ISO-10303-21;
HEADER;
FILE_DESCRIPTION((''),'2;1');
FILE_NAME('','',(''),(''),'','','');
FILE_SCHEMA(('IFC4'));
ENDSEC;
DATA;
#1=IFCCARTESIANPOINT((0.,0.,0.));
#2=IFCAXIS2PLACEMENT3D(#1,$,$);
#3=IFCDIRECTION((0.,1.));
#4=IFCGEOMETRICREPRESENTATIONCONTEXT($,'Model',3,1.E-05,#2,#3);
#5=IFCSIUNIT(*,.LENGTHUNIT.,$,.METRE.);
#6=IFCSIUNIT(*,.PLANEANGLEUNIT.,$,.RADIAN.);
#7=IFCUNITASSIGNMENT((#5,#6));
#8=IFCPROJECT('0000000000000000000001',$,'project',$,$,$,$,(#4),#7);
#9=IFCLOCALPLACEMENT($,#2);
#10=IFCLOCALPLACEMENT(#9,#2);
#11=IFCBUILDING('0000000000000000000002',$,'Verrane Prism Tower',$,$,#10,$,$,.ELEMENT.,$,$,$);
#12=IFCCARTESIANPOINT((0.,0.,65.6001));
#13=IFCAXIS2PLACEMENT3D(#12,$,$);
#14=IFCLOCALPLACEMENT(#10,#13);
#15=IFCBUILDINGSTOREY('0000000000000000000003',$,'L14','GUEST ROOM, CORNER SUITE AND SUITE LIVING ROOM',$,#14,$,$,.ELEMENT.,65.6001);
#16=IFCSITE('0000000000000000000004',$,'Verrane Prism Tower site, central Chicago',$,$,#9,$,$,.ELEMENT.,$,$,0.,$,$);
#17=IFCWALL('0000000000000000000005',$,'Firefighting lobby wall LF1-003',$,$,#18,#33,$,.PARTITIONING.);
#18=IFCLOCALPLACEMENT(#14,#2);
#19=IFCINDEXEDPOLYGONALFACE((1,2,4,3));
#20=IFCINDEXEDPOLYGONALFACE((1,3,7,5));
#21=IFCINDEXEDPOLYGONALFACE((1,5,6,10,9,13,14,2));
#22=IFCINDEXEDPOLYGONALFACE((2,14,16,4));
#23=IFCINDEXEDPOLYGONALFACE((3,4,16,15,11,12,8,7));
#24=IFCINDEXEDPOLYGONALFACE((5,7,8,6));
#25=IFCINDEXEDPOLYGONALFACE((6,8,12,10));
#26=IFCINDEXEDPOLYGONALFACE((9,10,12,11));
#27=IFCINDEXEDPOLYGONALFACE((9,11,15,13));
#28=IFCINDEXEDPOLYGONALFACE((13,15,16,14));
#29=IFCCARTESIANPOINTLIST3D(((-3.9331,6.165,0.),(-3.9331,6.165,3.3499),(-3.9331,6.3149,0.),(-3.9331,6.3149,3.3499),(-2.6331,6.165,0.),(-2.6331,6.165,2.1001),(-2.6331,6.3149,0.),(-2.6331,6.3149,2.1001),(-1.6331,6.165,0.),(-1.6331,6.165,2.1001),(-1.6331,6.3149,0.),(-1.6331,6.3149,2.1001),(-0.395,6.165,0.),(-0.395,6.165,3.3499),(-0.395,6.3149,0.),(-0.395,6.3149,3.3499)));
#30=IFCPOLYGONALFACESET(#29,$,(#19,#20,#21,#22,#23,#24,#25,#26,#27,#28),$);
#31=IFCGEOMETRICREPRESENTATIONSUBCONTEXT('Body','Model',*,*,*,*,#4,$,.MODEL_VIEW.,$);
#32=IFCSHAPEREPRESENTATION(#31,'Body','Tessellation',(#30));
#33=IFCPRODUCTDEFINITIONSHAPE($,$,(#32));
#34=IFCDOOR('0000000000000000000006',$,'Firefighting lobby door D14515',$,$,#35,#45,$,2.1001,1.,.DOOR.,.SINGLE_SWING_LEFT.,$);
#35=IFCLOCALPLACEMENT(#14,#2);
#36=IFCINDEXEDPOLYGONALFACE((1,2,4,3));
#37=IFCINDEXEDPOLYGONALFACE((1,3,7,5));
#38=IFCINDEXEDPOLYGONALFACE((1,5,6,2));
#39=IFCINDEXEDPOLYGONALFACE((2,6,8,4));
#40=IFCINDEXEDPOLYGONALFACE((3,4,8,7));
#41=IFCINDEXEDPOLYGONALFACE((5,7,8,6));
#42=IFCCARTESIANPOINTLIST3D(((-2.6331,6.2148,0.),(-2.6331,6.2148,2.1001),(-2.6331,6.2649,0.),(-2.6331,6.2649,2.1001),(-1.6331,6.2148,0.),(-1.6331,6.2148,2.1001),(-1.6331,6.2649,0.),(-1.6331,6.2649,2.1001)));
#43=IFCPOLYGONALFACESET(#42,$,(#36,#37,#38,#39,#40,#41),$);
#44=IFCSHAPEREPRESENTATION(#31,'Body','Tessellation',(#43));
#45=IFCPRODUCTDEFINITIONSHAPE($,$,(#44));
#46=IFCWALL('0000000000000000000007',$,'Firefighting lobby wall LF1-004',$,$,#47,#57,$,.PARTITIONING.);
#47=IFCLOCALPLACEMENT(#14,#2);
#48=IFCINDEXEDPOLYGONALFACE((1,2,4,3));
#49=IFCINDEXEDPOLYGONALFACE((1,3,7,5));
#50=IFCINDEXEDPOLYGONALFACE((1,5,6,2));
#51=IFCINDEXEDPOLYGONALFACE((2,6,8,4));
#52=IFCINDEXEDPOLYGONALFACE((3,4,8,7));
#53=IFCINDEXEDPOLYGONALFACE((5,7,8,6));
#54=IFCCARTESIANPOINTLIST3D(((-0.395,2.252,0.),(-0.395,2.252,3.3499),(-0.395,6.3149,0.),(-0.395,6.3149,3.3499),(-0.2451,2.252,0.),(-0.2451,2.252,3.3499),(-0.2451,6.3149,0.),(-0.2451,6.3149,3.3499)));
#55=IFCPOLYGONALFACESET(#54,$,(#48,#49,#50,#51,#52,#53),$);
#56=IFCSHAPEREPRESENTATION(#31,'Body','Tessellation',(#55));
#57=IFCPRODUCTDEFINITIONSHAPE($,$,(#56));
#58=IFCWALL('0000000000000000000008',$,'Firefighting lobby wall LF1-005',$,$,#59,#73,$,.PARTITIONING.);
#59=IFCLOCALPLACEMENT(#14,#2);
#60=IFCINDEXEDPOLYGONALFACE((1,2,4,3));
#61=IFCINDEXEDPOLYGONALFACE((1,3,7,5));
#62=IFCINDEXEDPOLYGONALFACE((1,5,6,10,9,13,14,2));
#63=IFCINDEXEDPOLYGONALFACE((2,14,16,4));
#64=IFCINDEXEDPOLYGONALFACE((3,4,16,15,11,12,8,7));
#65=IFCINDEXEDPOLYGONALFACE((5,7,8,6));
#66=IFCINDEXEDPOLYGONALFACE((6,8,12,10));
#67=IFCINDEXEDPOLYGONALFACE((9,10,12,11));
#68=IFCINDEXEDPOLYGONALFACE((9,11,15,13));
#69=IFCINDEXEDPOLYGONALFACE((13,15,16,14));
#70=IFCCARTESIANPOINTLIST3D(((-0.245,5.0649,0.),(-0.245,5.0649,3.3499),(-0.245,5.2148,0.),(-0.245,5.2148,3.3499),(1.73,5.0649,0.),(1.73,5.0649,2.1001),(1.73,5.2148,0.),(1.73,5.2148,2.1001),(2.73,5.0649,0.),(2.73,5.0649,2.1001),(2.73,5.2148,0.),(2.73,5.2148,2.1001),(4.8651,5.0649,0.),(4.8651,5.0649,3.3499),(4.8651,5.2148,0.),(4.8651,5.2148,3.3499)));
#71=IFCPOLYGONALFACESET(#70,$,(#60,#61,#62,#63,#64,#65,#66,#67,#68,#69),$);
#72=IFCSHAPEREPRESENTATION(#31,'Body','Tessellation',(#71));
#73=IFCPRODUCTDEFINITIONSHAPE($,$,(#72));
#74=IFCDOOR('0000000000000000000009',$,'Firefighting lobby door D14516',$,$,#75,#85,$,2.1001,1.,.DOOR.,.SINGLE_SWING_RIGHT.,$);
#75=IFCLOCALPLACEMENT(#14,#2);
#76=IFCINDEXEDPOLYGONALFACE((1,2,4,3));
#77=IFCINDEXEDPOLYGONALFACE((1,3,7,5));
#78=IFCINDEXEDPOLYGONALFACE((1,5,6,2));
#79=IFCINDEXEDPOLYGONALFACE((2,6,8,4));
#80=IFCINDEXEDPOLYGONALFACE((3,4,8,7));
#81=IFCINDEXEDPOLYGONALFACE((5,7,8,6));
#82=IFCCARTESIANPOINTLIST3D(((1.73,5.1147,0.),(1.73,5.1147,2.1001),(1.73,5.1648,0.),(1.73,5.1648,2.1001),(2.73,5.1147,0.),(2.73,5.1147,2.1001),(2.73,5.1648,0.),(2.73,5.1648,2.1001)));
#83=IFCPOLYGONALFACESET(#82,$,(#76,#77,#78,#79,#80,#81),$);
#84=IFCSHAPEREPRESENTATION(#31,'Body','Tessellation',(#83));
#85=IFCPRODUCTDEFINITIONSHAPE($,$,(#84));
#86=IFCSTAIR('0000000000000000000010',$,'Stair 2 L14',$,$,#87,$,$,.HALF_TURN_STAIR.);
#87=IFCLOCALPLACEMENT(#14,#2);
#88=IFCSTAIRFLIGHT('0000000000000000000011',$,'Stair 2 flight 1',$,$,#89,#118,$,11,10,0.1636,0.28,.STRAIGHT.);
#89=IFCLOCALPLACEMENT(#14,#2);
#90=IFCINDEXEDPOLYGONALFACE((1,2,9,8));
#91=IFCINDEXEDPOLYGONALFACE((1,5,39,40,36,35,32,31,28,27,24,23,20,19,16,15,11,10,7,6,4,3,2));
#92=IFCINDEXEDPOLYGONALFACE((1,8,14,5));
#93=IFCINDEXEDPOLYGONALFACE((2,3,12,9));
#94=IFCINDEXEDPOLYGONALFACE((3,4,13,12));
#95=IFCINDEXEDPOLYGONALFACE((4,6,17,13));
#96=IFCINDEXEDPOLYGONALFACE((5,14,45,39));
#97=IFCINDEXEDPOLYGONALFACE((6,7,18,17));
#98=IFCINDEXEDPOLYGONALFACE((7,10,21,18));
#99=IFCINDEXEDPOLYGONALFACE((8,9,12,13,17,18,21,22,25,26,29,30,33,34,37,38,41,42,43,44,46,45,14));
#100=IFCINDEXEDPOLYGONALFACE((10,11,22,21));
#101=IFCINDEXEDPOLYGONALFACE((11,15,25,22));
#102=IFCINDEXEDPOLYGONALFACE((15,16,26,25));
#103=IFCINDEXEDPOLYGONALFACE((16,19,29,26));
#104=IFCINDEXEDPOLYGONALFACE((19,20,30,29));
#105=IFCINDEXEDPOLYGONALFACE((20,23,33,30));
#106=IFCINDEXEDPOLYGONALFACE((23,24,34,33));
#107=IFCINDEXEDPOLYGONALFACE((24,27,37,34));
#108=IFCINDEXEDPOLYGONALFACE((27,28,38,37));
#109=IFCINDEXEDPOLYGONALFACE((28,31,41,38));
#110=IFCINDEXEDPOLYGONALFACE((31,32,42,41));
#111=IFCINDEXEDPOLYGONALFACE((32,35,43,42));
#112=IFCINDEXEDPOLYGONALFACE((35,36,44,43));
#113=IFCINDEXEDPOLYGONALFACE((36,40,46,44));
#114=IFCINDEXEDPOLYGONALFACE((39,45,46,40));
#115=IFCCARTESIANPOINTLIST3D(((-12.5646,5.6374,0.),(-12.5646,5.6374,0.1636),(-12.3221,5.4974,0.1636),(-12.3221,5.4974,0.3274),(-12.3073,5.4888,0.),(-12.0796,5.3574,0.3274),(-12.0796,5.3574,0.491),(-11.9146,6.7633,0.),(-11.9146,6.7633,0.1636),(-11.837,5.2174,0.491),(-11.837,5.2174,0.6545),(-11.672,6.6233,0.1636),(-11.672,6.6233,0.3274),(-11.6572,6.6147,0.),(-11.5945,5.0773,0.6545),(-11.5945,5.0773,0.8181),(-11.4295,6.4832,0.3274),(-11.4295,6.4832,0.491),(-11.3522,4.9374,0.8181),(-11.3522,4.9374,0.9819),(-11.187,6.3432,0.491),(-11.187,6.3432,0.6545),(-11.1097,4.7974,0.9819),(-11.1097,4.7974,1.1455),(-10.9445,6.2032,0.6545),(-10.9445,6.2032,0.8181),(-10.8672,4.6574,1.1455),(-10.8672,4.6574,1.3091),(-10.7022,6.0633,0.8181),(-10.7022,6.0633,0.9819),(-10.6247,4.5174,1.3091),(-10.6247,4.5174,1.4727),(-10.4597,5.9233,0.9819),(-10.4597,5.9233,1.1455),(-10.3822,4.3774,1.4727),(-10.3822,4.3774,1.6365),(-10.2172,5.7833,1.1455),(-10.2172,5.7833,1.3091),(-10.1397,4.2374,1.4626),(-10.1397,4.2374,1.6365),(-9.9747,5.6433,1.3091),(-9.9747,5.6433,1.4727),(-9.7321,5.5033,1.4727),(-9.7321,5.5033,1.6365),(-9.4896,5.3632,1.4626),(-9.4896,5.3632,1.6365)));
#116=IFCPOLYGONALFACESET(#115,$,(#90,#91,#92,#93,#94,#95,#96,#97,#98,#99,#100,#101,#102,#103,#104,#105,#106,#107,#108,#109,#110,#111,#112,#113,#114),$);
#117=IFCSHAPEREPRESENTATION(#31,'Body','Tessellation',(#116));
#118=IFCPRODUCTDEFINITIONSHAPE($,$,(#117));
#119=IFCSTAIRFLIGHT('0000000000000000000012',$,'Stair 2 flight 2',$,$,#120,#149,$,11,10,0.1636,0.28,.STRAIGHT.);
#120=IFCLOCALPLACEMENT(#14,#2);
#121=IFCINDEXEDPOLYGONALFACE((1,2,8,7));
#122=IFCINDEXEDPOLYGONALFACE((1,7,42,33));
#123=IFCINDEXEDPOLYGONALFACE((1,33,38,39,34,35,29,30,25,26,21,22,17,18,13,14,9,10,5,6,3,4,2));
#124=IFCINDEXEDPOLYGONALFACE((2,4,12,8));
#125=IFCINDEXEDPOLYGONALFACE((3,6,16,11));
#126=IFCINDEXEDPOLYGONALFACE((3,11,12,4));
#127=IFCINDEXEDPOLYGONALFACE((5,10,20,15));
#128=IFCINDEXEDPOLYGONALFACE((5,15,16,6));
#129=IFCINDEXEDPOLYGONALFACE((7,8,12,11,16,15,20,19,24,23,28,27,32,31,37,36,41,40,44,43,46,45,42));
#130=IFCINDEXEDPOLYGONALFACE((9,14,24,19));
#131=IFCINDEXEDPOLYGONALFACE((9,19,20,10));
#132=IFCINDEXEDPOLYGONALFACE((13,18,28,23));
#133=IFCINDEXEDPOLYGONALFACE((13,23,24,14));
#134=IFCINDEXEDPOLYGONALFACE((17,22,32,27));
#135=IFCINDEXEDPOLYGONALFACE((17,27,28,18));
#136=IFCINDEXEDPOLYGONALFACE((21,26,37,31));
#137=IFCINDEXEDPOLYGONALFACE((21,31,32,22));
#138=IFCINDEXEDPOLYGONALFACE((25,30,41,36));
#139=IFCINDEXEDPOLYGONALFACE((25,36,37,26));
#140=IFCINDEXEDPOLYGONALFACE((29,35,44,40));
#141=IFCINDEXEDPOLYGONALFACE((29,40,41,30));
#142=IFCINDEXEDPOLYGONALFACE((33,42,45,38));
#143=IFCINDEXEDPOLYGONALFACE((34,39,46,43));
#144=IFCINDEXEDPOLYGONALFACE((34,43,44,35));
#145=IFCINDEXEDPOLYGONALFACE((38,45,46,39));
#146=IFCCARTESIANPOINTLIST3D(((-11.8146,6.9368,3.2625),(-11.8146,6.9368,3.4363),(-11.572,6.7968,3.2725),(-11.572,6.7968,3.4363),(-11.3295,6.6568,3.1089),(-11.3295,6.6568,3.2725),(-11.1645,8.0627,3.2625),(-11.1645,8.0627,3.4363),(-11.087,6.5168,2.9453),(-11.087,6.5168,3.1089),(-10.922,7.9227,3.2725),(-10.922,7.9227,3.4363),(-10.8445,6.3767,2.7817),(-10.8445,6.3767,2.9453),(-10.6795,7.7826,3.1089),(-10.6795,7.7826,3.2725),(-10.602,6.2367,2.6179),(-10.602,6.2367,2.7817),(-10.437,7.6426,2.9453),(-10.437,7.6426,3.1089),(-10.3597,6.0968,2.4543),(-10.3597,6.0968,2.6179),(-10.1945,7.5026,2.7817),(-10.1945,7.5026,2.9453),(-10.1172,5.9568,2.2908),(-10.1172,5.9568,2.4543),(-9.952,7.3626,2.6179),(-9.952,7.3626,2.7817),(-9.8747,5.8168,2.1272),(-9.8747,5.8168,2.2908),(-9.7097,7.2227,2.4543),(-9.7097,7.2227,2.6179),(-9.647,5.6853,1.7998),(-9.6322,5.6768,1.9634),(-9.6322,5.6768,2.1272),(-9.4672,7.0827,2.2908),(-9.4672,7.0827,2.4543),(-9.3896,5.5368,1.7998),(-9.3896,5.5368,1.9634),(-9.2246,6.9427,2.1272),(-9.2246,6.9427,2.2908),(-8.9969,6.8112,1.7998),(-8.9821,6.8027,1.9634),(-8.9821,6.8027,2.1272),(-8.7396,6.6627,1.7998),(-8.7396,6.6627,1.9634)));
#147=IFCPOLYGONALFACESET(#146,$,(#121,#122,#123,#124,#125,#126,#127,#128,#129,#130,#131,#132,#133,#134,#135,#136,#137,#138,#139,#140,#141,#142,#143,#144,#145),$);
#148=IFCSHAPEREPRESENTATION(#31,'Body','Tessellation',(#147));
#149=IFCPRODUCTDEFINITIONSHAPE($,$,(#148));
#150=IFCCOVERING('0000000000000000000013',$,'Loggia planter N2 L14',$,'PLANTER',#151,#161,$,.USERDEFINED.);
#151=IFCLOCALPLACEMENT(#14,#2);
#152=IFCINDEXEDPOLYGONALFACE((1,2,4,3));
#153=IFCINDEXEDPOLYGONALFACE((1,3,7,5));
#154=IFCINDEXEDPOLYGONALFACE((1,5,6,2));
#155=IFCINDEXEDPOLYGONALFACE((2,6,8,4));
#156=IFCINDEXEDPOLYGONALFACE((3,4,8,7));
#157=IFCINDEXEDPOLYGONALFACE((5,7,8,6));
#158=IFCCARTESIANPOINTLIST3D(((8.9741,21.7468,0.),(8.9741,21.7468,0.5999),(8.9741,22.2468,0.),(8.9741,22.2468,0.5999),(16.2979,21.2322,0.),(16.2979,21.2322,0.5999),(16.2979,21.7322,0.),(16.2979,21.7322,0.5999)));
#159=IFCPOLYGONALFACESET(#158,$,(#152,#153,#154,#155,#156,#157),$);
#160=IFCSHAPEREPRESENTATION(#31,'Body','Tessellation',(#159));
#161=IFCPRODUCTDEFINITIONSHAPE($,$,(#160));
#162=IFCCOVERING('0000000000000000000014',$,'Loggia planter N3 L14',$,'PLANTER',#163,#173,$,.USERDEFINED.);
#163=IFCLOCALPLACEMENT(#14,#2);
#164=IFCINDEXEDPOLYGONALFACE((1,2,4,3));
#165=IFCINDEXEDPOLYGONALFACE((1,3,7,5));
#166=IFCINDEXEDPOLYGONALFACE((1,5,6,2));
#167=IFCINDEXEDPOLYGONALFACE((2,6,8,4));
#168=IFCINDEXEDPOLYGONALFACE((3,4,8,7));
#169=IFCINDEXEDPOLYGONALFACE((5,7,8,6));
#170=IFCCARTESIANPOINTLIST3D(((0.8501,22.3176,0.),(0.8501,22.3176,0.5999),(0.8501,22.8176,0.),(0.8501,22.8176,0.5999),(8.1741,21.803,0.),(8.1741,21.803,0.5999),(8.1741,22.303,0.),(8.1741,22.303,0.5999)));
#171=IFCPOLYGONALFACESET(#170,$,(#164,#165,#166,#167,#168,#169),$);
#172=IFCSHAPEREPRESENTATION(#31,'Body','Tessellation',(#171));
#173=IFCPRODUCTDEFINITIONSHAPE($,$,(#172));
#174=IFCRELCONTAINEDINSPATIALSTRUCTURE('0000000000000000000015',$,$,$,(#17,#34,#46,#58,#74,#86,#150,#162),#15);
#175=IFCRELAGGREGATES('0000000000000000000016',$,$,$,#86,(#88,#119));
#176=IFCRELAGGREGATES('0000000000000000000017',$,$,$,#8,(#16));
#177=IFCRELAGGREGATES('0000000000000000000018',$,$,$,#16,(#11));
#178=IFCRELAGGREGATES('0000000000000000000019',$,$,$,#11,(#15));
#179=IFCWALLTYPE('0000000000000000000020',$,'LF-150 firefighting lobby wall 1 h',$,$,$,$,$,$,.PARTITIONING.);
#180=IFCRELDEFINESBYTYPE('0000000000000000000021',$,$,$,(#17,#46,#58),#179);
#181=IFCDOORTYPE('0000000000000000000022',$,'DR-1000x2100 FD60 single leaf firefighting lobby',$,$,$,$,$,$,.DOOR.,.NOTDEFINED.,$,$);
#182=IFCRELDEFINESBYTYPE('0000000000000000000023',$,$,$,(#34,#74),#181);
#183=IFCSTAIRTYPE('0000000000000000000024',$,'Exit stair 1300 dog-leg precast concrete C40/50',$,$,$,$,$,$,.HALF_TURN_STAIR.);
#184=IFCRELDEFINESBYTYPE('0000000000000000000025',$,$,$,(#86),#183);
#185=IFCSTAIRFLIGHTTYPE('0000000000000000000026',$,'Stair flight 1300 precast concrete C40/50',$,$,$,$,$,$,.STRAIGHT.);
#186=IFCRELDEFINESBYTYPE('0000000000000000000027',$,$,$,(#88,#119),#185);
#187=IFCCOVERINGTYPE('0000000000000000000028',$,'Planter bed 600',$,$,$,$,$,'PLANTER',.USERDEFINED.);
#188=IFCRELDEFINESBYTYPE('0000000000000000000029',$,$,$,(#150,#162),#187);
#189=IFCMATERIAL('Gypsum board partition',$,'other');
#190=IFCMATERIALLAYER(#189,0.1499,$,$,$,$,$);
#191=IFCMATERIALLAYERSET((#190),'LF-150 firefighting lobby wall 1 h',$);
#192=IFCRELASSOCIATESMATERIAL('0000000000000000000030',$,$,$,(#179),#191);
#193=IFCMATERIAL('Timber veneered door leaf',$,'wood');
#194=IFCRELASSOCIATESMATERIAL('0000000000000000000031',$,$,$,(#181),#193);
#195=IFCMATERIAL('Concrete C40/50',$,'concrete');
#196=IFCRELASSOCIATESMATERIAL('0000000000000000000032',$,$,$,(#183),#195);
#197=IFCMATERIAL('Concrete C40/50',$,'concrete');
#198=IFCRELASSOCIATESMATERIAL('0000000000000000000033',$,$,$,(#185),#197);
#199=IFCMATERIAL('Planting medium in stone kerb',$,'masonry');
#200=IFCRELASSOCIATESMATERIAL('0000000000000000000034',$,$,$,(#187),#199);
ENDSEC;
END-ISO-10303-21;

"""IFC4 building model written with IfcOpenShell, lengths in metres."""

from ifc_helpers import new_model, si_unit, direction, frame, frame_2d, origin, place, context, subcontext, project, spatial, polyline, rectangle, outline, extrude, material, layer, layer_set, type_object, element, fill, aggregate, save


model = new_model("IFC4")

# Units and contexts
model_context = context("Model", 3, precision=1e-05, world=origin(), true_north=direction((0.0, 1.0)))
body_context = subcontext(model_context, "Body", "Model", "MODEL_VIEW")
ifc_project = project(units=[si_unit("LENGTHUNIT", "METRE"), si_unit("PLANEANGLEUNIT", "RADIAN")], contexts=[model_context])

# Site, building, storey
site_placement = place(None, origin())
site = spatial("IfcSite", under=ifc_project, at=site_placement, Name="Verrane Prism Tower site, central Chicago", CompositionType="ELEMENT", RefElevation=0.0)
building_placement = place(site_placement, origin())
building = spatial("IfcBuilding", under=site, at=building_placement, Name="Verrane Prism Tower", CompositionType="ELEMENT")
storey_placement = place(building_placement, frame((0.0, 0.0, 65.6001)))
storey = spatial("IfcBuildingStorey", under=building, at=storey_placement, Name="L14", Description="GUEST ROOM, CORNER SUITE AND SUITE LIVING ROOM", CompositionType="ELEMENT", Elevation=65.6001)

# Shared definitions
ifc_material_1 = material(Name="Gypsum board partition", Category="other")
ifc_layer_1 = layer(ifc_material_1, 0.1499)
ifc_layer_set_1 = layer_set([ifc_layer_1], Name="LF-150 firefighting lobby wall 1 h")
wall_type_1 = type_object("IfcWallType", Name="LF-150 firefighting lobby wall 1 h", PredefinedType="PARTITIONING", material=ifc_layer_set_1)

# Wall, opening, door
wall_1_placement = place(storey_placement, frame((-3.9331, 6.24, 0.0), z_axis=(0.0, 0.0, 1.0), x_axis=(1.0, 0.0, 0.0)))
wall_1 = element("IfcWall", 1, at=wall_1_placement, inside=storey, type_object=wall_type_1, Name="Firefighting lobby wall LF1-003", PredefinedType="PARTITIONING", context=body_context, shape_type="SweptSolid", body=[
    extrude(rectangle(XDim=3.5381, YDim=0.1499, at=frame_2d((1.769, 0.0))), origin(), (0.0, 0.0, 1.0), 3.3499),
])
opening_1_placement = place(wall_1_placement, frame((1.3, 0.0, 0.0)))
opening_1 = element("IfcOpeningElement", 2, at=opening_1_placement, cuts=wall_1, PredefinedType="OPENING", context=body_context, shape_type="SweptSolid", body=[
    extrude(rectangle(XDim=1.0, YDim=2.1001, at=frame_2d((0.5, 1.05))), frame((0.0, 0.085, 0.0), z_axis=(0.0, -1.0, 0.0), x_axis=(1.0, 0.0, 0.0)), (0.0, 0.0, 1.0), 0.1699),
])
ifc_material_2 = material(Name="Timber veneered door leaf", Category="wood")
door_type_1 = type_object("IfcDoorType", Name="DR-1000x2100 FD60 single leaf firefighting lobby", OperationType="NOTDEFINED", PredefinedType="DOOR", material=ifc_material_2)
door_1_placement = place(opening_1_placement, origin())
door_1 = element("IfcDoor", 3, at=door_1_placement, inside=storey, type_object=door_type_1, Name="Firefighting lobby door D14515", OperationType="SINGLE_SWING_LEFT", OverallHeight=2.1001, OverallWidth=1.0, PredefinedType="DOOR", context=body_context, shape_type="SweptSolid", body=[
    extrude(rectangle(XDim=1.0, YDim=2.1001, at=frame_2d((0.5, 1.05))), frame((0.0, 0.0249, 0.0), z_axis=(0.0, -1.0, 0.0), x_axis=(1.0, 0.0, 0.0)), (0.0, 0.0, 1.0), 0.05),
])
fill(opening_1, door_1)

# Wall
wall_2_placement = place(storey_placement, frame((-0.3201, 2.252, 0.0), z_axis=(0.0, 0.0, 1.0), x_axis=(0.0, 1.0, 0.0)))
element("IfcWall", 4, at=wall_2_placement, inside=storey, type_object=wall_type_1, Name="Firefighting lobby wall LF1-004", PredefinedType="PARTITIONING", context=body_context, shape_type="SweptSolid", body=[
    extrude(rectangle(XDim=4.063, YDim=0.1499, at=frame_2d((2.0315, 0.0))), origin(), (0.0, 0.0, 1.0), 3.3499),
])

# Wall, opening, door
wall_3_placement = place(storey_placement, frame((-0.2451, 5.1399, 0.0), z_axis=(0.0, 0.0, 1.0), x_axis=(1.0, 0.0, 0.0)))
wall_3 = element("IfcWall", 5, at=wall_3_placement, inside=storey, type_object=wall_type_1, Name="Firefighting lobby wall LF1-005", PredefinedType="PARTITIONING", context=body_context, shape_type="SweptSolid", body=[
    extrude(rectangle(XDim=5.1101, YDim=0.1499, at=frame_2d((2.5552, 0.0))), origin(), (0.0, 0.0, 1.0), 3.3499),
])
opening_2_placement = place(wall_3_placement, frame((1.9751, 0.0, 0.0)))
opening_2 = element("IfcOpeningElement", 6, at=opening_2_placement, cuts=wall_3, PredefinedType="OPENING", context=body_context, shape_type="SweptSolid", body=[
    extrude(rectangle(XDim=1.0, YDim=2.1001, at=frame_2d((0.5, 1.05))), frame((0.0, 0.085, 0.0), z_axis=(0.0, -1.0, 0.0), x_axis=(1.0, 0.0, 0.0)), (0.0, 0.0, 1.0), 0.1699),
])
door_2_placement = place(opening_2_placement, origin())
door_2 = element("IfcDoor", 7, at=door_2_placement, inside=storey, type_object=door_type_1, Name="Firefighting lobby door D14516", OperationType="SINGLE_SWING_RIGHT", OverallHeight=2.1001, OverallWidth=1.0, PredefinedType="DOOR", context=body_context, shape_type="SweptSolid", body=[
    extrude(rectangle(XDim=1.0, YDim=2.1001, at=frame_2d((0.5, 1.05))), frame((0.0, 0.0249, 0.0), z_axis=(0.0, -1.0, 0.0), x_axis=(1.0, 0.0, 0.0)), (0.0, 0.0, 1.0), 0.05),
])
fill(opening_2, door_2)

# Stair, stair flights
ifc_material_3 = material(Name="Concrete C40/50", Category="concrete")
stair_type = type_object("IfcStairType", Name="Exit stair 1300 dog-leg precast concrete C40/50", PredefinedType="HALF_TURN_STAIR", material=ifc_material_3)
stair_placement = place(storey_placement, origin())
stair = element("IfcStair", 8, at=stair_placement, inside=storey, type_object=stair_type, Name="Stair 2 L14", PredefinedType="HALF_TURN_STAIR")
ifc_material_4 = material(Name="Concrete C40/50", Category="concrete")
stair_flight_type = type_object("IfcStairFlightType", Name="Stair flight 1300 precast concrete C40/50", PredefinedType="STRAIGHT", material=ifc_material_4)
stair_flight_1_placement = place(storey_placement, frame((-12.2395, 6.2004, 0.0), z_axis=(0.0, 0.0, 1.0), x_axis=(0.866025, -0.5, 0.0)))
stair_flight_1 = element("IfcStairFlight", 9, at=stair_flight_1_placement, type_object=stair_flight_type, Name="Stair 2 flight 1", NumberOfRisers=11, NumberOfTreads=10, PredefinedType="STRAIGHT", RiserHeight=0.1636, TreadLength=0.28, context=body_context, shape_type="SweptSolid", body=[
    extrude(outline(polyline([(0.0, 0.0), (0.0, 0.1636), (0.28, 0.1636), (0.28, 0.3274), (0.5601, 0.3274), (0.5601, 0.491), (0.8401, 0.491), (0.8401, 0.6545), (1.1201, 0.6545), (1.1201, 0.8181), (1.3999, 0.8181), (1.3999, 0.9819), (1.6799, 0.9819), (1.6799, 1.1455), (1.96, 1.1455), (1.96, 1.3091), (2.24, 1.3091), (2.24, 1.4727), (2.52, 1.4727), (2.52, 1.6365), (2.8, 1.6365), (2.8, 1.8), (2.8, 1.4626), (0.2971, 0.0), (0.0, 0.0)])), frame((0.0, 0.6499, 0.0), z_axis=(0.0, -1.0, 0.0), x_axis=(1.0, 0.0, 0.0)), (0.0, 0.0, 1.0), 1.3),
])
stair_flight_2_placement = place(storey_placement, frame((-9.0647, 6.0996, 1.7998), z_axis=(0.0, 0.0, 1.0), x_axis=(-0.866025, 0.5, 0.0)))
stair_flight_2 = element("IfcStairFlight", 10, at=stair_flight_2_placement, type_object=stair_flight_type, Name="Stair 2 flight 2", NumberOfRisers=11, NumberOfTreads=10, PredefinedType="STRAIGHT", RiserHeight=0.1636, TreadLength=0.28, context=body_context, shape_type="SweptSolid", body=[
    extrude(outline(polyline([(0.0, 0.0), (0.0, 0.1636), (0.28, 0.1636), (0.28, 0.3274), (0.5601, 0.3274), (0.5601, 0.491), (0.8401, 0.491), (0.8401, 0.6545), (1.1201, 0.6545), (1.1201, 0.8181), (1.3999, 0.8181), (1.3999, 0.9819), (1.6799, 0.9819), (1.6799, 1.1455), (1.96, 1.1455), (1.96, 1.3091), (2.24, 1.3091), (2.24, 1.4727), (2.52, 1.4727), (2.52, 1.6365), (2.8, 1.6365), (2.8, 1.8), (2.8, 1.4626), (0.2971, 0.0), (0.0, 0.0)])), frame((0.0, 0.6499, 0.0), z_axis=(0.0, -1.0, 0.0), x_axis=(1.0, 0.0, 0.0)), (0.0, 0.0, 1.0), 1.3),
])
aggregate(stair, [stair_flight_1, stair_flight_2])

# Coverings
ifc_material_5 = material(Name="Planting medium in stone kerb", Category="masonry")
covering_type_1 = type_object("IfcCoveringType", Name="Planter bed 600", ElementType="PLANTER", PredefinedType="USERDEFINED", material=ifc_material_5)
covering_1_placement = place(storey_placement, origin())
element("IfcCovering", 11, at=covering_1_placement, inside=storey, type_object=covering_type_1, Name="Loggia planter N2 L14", ObjectType="PLANTER", PredefinedType="USERDEFINED", context=body_context, shape_type="SweptSolid", body=[
    extrude(outline(polyline([(16.2979, 21.7322), (8.9741, 22.2468), (8.9741, 21.7468), (16.2979, 21.2322), (16.2979, 21.7322)])), origin(), (0.0, 0.0, 1.0), 0.5999),
])
covering_2_placement = place(storey_placement, origin())
element("IfcCovering", 12, at=covering_2_placement, inside=storey, type_object=covering_type_1, Name="Loggia planter N3 L14", ObjectType="PLANTER", PredefinedType="USERDEFINED", context=body_context, shape_type="SweptSolid", body=[
    extrude(outline(polyline([(8.1741, 22.303), (0.8501, 22.8176), (0.8501, 22.3176), (8.1741, 21.803), (8.1741, 22.303)])), origin(), (0.0, 0.0, 1.0), 0.5999),
])

save(model, "model.ifc")
